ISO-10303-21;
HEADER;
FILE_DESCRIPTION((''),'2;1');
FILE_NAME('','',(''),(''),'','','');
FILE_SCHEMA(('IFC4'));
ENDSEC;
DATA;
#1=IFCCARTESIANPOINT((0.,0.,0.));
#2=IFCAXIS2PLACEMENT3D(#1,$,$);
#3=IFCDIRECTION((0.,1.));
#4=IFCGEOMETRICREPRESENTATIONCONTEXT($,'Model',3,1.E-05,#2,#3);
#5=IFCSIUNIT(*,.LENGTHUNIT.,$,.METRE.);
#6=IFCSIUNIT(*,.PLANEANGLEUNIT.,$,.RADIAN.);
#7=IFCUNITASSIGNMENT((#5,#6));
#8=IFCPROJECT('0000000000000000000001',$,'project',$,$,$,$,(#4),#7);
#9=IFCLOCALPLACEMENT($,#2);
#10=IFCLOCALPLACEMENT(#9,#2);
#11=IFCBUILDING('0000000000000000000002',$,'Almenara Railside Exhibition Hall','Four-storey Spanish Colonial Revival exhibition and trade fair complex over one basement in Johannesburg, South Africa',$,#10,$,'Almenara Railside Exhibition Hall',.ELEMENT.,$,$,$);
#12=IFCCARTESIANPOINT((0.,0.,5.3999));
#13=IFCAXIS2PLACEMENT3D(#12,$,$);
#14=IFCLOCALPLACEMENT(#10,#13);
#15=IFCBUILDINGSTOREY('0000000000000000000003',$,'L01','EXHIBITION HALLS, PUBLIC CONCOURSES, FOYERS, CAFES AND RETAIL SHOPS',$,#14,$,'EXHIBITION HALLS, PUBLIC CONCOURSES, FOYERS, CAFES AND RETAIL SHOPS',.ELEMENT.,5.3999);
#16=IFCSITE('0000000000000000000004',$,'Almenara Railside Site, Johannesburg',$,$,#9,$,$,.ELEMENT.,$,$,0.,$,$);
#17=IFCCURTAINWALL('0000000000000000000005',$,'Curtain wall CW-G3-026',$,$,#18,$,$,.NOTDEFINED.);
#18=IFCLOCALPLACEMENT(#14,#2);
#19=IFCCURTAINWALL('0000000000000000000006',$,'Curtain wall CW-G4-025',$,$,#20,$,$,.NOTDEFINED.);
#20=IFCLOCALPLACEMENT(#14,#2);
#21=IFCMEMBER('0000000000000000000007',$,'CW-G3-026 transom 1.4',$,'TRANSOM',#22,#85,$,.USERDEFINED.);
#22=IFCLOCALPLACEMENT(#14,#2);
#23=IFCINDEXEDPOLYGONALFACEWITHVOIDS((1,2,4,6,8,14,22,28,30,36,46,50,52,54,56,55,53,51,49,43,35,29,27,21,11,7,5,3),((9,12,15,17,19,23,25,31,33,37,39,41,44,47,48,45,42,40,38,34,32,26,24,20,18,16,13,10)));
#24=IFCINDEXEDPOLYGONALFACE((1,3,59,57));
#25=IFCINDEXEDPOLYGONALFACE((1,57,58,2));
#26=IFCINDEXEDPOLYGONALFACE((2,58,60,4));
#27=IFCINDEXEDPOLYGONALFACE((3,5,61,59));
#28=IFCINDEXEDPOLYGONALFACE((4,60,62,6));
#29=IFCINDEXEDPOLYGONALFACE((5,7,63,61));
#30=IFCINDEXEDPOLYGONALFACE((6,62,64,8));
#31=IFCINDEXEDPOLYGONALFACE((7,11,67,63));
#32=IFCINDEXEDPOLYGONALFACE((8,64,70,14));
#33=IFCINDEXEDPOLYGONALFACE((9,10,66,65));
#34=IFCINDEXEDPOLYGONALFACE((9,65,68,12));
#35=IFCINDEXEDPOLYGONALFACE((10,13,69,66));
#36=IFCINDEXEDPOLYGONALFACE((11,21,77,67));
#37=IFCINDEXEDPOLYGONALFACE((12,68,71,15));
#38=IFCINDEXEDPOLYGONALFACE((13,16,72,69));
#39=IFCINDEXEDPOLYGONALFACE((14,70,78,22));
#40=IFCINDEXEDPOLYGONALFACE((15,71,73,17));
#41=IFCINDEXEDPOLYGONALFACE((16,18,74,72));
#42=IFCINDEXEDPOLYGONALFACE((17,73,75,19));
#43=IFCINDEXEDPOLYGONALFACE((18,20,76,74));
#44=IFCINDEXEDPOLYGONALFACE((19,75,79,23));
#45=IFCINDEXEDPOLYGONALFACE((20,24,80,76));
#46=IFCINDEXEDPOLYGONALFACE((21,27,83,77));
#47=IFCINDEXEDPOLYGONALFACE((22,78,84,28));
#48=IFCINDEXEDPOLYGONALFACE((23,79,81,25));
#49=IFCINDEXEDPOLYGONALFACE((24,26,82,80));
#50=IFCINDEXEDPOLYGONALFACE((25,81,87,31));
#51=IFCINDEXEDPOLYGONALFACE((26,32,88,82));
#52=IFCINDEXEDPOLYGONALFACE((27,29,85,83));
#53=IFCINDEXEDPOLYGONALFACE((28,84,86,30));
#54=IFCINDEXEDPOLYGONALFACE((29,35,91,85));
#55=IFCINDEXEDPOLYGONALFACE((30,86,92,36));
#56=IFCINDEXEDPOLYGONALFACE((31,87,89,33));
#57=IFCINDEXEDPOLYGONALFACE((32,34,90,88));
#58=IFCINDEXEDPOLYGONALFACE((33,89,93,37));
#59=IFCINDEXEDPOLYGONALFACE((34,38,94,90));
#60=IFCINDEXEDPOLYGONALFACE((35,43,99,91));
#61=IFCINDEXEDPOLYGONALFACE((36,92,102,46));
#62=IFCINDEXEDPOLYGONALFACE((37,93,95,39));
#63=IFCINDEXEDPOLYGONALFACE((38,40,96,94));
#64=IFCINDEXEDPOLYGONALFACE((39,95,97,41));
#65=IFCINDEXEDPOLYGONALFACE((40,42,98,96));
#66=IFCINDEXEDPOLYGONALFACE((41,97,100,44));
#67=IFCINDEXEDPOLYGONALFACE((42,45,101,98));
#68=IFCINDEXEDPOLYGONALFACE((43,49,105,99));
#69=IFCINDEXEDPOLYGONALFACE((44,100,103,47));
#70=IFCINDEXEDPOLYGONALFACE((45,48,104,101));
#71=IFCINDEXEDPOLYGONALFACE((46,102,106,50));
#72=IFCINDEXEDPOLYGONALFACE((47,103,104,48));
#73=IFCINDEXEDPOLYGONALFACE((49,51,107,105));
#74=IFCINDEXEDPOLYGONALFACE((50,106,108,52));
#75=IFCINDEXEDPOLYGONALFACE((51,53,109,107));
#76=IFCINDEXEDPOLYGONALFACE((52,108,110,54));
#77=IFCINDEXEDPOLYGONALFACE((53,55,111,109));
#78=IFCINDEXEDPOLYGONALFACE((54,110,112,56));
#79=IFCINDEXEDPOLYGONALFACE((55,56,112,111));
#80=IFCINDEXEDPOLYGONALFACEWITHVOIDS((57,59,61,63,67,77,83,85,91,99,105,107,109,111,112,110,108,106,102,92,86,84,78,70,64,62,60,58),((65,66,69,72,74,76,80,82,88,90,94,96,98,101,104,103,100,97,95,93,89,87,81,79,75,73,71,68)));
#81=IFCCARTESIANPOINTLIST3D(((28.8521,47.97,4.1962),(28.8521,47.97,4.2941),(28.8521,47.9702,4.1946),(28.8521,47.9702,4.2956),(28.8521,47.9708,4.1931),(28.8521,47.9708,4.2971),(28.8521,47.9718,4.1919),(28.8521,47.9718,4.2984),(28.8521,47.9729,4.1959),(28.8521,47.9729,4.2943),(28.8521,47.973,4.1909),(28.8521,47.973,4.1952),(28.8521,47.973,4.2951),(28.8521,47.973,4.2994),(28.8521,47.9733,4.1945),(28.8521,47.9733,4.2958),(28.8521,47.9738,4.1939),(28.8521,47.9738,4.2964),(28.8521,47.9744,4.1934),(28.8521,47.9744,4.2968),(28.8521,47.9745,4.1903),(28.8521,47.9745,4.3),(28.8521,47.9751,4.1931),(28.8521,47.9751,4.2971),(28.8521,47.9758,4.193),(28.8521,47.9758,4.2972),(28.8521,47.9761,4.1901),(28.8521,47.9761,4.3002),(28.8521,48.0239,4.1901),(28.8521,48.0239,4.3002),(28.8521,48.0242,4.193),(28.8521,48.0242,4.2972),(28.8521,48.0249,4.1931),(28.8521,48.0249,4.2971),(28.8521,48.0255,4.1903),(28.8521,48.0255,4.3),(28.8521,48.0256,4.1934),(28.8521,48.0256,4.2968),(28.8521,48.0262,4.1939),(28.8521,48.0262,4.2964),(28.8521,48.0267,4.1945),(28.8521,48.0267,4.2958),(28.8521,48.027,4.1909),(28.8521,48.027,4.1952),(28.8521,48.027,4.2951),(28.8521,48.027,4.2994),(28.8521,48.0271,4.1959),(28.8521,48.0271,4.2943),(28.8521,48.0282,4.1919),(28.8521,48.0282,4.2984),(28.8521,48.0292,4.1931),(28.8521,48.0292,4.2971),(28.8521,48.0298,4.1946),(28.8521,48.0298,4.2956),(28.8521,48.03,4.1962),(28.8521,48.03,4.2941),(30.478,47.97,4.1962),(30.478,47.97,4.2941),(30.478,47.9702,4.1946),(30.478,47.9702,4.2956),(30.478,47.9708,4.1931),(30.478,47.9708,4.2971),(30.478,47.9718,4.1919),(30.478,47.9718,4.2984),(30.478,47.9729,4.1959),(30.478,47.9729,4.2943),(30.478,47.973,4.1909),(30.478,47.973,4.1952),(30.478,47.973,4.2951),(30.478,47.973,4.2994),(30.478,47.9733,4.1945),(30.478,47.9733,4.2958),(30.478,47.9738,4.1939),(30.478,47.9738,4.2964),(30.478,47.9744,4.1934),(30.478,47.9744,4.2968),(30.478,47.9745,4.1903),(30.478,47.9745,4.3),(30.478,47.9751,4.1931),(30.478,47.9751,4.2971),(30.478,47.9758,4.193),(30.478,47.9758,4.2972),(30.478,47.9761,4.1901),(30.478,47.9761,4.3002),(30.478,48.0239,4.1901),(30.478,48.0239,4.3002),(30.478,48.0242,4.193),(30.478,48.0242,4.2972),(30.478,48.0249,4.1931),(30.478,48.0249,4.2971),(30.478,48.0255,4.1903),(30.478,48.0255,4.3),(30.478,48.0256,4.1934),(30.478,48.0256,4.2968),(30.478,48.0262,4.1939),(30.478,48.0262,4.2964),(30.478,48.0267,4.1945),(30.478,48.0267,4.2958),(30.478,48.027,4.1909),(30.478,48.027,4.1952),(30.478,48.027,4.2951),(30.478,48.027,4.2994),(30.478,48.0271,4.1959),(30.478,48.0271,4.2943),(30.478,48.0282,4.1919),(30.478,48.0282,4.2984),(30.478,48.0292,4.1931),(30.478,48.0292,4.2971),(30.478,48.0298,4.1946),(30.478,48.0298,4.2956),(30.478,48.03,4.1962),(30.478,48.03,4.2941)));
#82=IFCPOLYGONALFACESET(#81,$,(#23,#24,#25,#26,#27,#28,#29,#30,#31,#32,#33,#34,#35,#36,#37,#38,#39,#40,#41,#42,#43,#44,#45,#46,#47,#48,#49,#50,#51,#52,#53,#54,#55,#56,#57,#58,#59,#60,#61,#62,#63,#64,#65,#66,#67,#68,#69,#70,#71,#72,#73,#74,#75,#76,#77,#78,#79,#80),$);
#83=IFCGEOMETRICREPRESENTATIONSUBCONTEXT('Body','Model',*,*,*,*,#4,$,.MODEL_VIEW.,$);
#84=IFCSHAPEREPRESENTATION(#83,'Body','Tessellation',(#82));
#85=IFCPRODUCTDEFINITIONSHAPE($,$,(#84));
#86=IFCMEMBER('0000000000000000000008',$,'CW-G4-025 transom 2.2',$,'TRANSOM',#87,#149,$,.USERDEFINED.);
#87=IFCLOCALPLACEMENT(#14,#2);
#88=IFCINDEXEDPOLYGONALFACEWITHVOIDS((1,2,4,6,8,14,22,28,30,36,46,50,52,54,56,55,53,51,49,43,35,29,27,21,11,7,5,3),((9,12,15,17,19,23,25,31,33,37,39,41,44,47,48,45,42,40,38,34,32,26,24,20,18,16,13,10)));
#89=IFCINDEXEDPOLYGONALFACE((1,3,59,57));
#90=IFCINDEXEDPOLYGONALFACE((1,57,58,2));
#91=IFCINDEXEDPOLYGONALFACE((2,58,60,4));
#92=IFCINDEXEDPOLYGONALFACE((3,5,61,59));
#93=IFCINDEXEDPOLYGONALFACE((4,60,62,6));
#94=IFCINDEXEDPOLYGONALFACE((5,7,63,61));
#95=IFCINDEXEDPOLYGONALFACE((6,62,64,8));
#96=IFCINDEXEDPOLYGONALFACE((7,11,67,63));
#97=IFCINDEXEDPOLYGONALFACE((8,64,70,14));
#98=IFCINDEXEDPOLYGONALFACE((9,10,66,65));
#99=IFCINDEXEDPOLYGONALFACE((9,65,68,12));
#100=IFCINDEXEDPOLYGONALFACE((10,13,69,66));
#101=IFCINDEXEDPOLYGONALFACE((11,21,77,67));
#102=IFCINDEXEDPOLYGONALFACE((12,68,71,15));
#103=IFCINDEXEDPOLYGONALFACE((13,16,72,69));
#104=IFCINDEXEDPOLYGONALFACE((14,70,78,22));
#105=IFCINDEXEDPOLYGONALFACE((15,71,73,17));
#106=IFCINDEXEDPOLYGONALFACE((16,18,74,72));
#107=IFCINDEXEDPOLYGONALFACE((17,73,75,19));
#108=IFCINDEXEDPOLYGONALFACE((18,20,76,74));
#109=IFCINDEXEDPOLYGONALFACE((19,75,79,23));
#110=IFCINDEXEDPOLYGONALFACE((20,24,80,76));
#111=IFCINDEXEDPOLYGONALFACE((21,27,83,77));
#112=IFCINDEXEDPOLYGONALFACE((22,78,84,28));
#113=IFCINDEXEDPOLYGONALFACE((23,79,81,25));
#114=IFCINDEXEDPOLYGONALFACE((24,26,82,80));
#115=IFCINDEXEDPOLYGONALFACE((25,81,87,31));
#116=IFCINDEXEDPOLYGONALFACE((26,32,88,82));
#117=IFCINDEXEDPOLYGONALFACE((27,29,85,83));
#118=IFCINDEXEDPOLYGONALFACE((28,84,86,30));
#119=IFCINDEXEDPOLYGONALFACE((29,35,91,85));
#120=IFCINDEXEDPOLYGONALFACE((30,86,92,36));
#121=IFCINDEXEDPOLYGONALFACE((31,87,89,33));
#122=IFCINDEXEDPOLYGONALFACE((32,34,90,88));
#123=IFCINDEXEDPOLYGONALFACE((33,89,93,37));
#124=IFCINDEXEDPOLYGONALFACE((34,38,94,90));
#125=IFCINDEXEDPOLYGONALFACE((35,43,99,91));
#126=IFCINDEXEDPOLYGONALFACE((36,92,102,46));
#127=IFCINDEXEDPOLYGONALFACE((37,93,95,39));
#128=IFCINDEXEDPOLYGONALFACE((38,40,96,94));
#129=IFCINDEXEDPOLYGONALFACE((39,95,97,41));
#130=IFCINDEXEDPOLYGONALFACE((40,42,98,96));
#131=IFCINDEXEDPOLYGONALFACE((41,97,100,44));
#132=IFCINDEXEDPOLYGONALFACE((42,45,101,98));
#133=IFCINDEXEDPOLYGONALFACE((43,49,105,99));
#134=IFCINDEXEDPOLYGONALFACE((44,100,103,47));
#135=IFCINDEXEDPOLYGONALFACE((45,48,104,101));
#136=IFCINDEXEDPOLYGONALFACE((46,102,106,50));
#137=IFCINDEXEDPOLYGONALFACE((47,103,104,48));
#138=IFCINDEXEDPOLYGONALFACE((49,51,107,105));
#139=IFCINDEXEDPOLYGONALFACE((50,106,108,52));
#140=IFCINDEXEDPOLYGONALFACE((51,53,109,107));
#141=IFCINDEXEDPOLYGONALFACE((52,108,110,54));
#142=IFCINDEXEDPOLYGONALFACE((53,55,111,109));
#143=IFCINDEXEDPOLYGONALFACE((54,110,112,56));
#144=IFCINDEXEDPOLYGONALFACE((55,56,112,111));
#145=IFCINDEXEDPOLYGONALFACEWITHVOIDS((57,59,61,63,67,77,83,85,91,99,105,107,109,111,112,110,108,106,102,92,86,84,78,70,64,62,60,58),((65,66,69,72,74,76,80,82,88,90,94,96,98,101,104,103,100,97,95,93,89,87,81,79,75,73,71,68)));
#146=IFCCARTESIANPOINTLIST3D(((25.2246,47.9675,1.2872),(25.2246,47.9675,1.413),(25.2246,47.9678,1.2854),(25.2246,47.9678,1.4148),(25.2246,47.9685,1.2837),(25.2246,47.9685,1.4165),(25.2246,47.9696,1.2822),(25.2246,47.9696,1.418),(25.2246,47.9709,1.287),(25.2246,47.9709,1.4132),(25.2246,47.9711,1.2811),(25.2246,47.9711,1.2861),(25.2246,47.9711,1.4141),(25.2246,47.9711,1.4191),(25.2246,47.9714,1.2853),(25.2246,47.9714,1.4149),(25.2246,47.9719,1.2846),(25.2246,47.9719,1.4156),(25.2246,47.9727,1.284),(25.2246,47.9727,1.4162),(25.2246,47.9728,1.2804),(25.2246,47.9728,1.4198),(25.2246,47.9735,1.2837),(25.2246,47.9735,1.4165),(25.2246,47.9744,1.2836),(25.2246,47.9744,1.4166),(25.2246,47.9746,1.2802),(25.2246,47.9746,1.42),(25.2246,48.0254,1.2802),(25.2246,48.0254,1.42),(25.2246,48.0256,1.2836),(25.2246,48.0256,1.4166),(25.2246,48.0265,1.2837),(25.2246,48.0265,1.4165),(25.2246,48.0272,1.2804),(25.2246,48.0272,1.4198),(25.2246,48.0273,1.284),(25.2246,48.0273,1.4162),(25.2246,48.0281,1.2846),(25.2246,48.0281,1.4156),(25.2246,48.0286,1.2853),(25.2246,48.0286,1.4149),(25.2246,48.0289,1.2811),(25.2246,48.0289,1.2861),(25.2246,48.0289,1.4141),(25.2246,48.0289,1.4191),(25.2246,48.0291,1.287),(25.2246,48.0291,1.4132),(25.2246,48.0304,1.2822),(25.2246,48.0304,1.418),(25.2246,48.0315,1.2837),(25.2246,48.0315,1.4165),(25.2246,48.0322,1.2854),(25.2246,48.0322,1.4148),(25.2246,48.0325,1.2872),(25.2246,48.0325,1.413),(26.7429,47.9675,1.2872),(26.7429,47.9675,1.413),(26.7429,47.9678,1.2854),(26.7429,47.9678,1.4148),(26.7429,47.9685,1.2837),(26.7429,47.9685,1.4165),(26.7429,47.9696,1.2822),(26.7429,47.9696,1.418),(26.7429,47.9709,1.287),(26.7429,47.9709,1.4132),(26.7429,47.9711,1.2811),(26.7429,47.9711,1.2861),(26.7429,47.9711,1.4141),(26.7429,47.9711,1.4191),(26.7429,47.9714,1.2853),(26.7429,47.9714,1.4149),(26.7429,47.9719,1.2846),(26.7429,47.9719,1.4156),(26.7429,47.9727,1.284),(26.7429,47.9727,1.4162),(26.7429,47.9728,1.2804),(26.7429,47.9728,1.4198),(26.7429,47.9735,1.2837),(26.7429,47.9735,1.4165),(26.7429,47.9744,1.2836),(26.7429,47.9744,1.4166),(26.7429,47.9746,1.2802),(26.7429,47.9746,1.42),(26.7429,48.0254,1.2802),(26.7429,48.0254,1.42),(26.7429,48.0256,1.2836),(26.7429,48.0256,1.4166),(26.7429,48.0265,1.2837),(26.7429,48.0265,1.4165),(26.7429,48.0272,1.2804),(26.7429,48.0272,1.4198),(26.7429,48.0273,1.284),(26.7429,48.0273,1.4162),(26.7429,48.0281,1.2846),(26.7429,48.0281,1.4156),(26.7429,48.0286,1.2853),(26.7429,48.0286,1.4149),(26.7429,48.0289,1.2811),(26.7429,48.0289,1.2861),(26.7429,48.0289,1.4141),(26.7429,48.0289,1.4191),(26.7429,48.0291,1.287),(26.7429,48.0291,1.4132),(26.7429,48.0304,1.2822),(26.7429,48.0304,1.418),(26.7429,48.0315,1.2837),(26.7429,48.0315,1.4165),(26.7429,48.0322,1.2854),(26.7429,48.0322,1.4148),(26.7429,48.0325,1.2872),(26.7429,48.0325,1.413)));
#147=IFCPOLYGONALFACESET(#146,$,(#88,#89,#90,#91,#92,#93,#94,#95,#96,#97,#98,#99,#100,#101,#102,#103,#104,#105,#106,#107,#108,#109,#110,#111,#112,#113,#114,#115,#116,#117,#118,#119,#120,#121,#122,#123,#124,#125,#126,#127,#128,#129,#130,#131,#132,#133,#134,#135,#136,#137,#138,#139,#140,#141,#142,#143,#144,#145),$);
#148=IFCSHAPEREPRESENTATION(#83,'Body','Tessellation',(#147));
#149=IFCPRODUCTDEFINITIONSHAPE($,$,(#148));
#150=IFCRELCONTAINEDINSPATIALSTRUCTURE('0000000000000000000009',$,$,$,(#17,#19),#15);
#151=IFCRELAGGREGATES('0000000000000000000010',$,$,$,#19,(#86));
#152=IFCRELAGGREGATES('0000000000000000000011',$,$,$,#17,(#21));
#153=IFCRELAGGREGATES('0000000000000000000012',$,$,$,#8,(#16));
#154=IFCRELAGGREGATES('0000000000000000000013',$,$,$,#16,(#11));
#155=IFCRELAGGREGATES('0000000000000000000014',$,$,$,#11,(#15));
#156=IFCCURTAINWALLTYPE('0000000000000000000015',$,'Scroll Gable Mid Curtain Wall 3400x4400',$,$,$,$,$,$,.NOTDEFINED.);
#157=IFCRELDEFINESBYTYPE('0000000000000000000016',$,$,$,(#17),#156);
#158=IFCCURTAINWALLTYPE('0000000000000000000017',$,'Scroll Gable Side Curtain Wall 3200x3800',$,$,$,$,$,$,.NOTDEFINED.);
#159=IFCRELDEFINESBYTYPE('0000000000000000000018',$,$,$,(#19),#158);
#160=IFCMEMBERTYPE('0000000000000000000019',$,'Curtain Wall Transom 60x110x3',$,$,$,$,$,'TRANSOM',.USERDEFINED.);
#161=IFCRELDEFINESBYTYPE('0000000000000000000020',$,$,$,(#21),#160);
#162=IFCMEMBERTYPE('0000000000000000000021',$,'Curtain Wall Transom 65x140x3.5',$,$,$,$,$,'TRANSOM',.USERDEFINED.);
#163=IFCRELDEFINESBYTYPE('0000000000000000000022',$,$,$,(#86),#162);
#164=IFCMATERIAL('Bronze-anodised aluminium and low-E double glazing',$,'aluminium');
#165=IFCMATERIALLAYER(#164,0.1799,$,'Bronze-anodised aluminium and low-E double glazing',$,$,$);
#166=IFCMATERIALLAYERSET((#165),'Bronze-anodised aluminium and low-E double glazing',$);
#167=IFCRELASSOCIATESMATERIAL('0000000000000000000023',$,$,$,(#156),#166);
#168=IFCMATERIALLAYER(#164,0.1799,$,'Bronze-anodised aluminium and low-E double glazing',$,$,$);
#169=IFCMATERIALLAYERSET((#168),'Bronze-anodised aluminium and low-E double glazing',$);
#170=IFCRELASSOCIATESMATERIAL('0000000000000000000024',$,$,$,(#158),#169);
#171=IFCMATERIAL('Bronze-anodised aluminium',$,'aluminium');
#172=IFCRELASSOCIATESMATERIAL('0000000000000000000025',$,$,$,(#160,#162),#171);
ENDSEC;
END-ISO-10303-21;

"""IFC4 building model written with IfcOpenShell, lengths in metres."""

from ifc_helpers import new_model, si_unit, direction, frame, origin, origin_2d, place, context, subcontext, project, spatial, hollow_rectangle, extrude, material, layer, layer_set, material_profile, profile_set, type_object, element, aggregate, save


model = new_model("IFC4")

# Units and contexts
model_context = context("Model", 3, precision=1e-05, world=origin(), true_north=direction((0.0, 1.0)))
body_context = subcontext(model_context, "Body", "Model", "MODEL_VIEW")
ifc_project = project(units=[si_unit("LENGTHUNIT", "METRE"), si_unit("PLANEANGLEUNIT", "RADIAN")], contexts=[model_context])

# Site, building, storey
site_placement = place(None, origin())
site = spatial("IfcSite", under=ifc_project, at=site_placement, Name="Almenara Railside Site, Johannesburg", CompositionType="ELEMENT", RefElevation=0.0)
building_placement = place(site_placement, origin())
building = spatial("IfcBuilding", under=site, at=building_placement, Name="Almenara Railside Exhibition Hall", Description="Four-storey Spanish Colonial Revival exhibition and trade fair complex over one basement in Johannesburg, South Africa", LongName="Almenara Railside Exhibition Hall", CompositionType="ELEMENT")
storey_placement = place(building_placement, frame((0.0, 0.0, 5.3999)))
storey = spatial("IfcBuildingStorey", under=building, at=storey_placement, Name="L01", Description="EXHIBITION HALLS, PUBLIC CONCOURSES, FOYERS, CAFES AND RETAIL SHOPS", LongName="EXHIBITION HALLS, PUBLIC CONCOURSES, FOYERS, CAFES AND RETAIL SHOPS", CompositionType="ELEMENT", Elevation=5.3999)

# Shared definitions
ifc_material_1 = material(Name="Bronze-anodised aluminium and low-E double glazing", Category="aluminium")
ifc_material_2 = material(Name="Bronze-anodised aluminium", Category="aluminium")

# Curtain walls
ifc_layer_1 = layer(ifc_material_1, 0.1799, Name="Bronze-anodised aluminium and low-E double glazing")
ifc_layer_set_1 = layer_set([ifc_layer_1], Name="Bronze-anodised aluminium and low-E double glazing")
curtain_wall_type_1 = type_object("IfcCurtainWallType", Name="Scroll Gable Mid Curtain Wall 3400x4400", PredefinedType="NOTDEFINED", material=ifc_layer_set_1)
curtain_wall_1_placement = place(storey_placement, origin())
curtain_wall_1 = element("IfcCurtainWall", 1, at=curtain_wall_1_placement, inside=storey, type_object=curtain_wall_type_1, Name="Curtain wall CW-G3-026", PredefinedType="NOTDEFINED")
ifc_layer_2 = layer(ifc_material_1, 0.1799, Name="Bronze-anodised aluminium and low-E double glazing")
ifc_layer_set_2 = layer_set([ifc_layer_2], Name="Bronze-anodised aluminium and low-E double glazing")
curtain_wall_type_2 = type_object("IfcCurtainWallType", Name="Scroll Gable Side Curtain Wall 3200x3800", PredefinedType="NOTDEFINED", material=ifc_layer_set_2)
curtain_wall_2_placement = place(storey_placement, origin())
curtain_wall_2 = element("IfcCurtainWall", 2, at=curtain_wall_2_placement, inside=storey, type_object=curtain_wall_type_2, Name="Curtain wall CW-G4-025", PredefinedType="NOTDEFINED")

# Members
ifc_material_profile_1 = material_profile(ifc_material_2, hollow_rectangle(XDim=0.0601, YDim=0.1101, WallThickness=0.0029, InnerFilletRadius=0.0029, OuterFilletRadius=0.0061, at=origin_2d()), Name="ALU-TRN 60x110x3")
ifc_profile_set_1 = profile_set([ifc_material_profile_1], Name="Bronze-anodised aluminium")
member_type_1 = type_object("IfcMemberType", Name="Curtain Wall Transom 60x110x3", ElementType="TRANSOM", PredefinedType="USERDEFINED", material=ifc_profile_set_1)
member_1_placement = place(storey_placement, frame((28.8521, 48.0, 4.2451), z_axis=(1.0, 0.0, 0.0), x_axis=(0.0, 1.0, 0.0)))
member_1 = element("IfcMember", 3, at=member_1_placement, type_object=member_type_1, Name="CW-G3-026 transom 1.4", ObjectType="TRANSOM", PredefinedType="USERDEFINED", context=body_context, shape_type="SweptSolid", body=[
    extrude(hollow_rectangle(XDim=0.0601, YDim=0.1101, WallThickness=0.0029, InnerFilletRadius=0.0029, OuterFilletRadius=0.0061, at=origin_2d()), origin(), (0.0, 0.0, 1.0), 1.626),
])
ifc_material_profile_2 = material_profile(ifc_material_2, hollow_rectangle(XDim=0.0649, YDim=0.1399, WallThickness=0.0034, InnerFilletRadius=0.0034, OuterFilletRadius=0.0071, at=origin_2d()), Name="ALU-TRN 65x140x3.5")
ifc_profile_set_2 = profile_set([ifc_material_profile_2], Name="Bronze-anodised aluminium")
member_type_2 = type_object("IfcMemberType", Name="Curtain Wall Transom 65x140x3.5", ElementType="TRANSOM", PredefinedType="USERDEFINED", material=ifc_profile_set_2)
member_2_placement = place(storey_placement, frame((25.2246, 48.0, 1.3501), z_axis=(1.0, 0.0, 0.0), x_axis=(0.0, 1.0, 0.0)))
member_2 = element("IfcMember", 4, at=member_2_placement, type_object=member_type_2, Name="CW-G4-025 transom 2.2", ObjectType="TRANSOM", PredefinedType="USERDEFINED", context=body_context, shape_type="SweptSolid", body=[
    extrude(hollow_rectangle(XDim=0.0649, YDim=0.1399, WallThickness=0.0034, InnerFilletRadius=0.0034, OuterFilletRadius=0.0071, at=origin_2d()), origin(), (0.0, 0.0, 1.0), 1.5183),
])

aggregate(curtain_wall_2, [member_2])
aggregate(curtain_wall_1, [member_1])

save(model, "model.ifc")
